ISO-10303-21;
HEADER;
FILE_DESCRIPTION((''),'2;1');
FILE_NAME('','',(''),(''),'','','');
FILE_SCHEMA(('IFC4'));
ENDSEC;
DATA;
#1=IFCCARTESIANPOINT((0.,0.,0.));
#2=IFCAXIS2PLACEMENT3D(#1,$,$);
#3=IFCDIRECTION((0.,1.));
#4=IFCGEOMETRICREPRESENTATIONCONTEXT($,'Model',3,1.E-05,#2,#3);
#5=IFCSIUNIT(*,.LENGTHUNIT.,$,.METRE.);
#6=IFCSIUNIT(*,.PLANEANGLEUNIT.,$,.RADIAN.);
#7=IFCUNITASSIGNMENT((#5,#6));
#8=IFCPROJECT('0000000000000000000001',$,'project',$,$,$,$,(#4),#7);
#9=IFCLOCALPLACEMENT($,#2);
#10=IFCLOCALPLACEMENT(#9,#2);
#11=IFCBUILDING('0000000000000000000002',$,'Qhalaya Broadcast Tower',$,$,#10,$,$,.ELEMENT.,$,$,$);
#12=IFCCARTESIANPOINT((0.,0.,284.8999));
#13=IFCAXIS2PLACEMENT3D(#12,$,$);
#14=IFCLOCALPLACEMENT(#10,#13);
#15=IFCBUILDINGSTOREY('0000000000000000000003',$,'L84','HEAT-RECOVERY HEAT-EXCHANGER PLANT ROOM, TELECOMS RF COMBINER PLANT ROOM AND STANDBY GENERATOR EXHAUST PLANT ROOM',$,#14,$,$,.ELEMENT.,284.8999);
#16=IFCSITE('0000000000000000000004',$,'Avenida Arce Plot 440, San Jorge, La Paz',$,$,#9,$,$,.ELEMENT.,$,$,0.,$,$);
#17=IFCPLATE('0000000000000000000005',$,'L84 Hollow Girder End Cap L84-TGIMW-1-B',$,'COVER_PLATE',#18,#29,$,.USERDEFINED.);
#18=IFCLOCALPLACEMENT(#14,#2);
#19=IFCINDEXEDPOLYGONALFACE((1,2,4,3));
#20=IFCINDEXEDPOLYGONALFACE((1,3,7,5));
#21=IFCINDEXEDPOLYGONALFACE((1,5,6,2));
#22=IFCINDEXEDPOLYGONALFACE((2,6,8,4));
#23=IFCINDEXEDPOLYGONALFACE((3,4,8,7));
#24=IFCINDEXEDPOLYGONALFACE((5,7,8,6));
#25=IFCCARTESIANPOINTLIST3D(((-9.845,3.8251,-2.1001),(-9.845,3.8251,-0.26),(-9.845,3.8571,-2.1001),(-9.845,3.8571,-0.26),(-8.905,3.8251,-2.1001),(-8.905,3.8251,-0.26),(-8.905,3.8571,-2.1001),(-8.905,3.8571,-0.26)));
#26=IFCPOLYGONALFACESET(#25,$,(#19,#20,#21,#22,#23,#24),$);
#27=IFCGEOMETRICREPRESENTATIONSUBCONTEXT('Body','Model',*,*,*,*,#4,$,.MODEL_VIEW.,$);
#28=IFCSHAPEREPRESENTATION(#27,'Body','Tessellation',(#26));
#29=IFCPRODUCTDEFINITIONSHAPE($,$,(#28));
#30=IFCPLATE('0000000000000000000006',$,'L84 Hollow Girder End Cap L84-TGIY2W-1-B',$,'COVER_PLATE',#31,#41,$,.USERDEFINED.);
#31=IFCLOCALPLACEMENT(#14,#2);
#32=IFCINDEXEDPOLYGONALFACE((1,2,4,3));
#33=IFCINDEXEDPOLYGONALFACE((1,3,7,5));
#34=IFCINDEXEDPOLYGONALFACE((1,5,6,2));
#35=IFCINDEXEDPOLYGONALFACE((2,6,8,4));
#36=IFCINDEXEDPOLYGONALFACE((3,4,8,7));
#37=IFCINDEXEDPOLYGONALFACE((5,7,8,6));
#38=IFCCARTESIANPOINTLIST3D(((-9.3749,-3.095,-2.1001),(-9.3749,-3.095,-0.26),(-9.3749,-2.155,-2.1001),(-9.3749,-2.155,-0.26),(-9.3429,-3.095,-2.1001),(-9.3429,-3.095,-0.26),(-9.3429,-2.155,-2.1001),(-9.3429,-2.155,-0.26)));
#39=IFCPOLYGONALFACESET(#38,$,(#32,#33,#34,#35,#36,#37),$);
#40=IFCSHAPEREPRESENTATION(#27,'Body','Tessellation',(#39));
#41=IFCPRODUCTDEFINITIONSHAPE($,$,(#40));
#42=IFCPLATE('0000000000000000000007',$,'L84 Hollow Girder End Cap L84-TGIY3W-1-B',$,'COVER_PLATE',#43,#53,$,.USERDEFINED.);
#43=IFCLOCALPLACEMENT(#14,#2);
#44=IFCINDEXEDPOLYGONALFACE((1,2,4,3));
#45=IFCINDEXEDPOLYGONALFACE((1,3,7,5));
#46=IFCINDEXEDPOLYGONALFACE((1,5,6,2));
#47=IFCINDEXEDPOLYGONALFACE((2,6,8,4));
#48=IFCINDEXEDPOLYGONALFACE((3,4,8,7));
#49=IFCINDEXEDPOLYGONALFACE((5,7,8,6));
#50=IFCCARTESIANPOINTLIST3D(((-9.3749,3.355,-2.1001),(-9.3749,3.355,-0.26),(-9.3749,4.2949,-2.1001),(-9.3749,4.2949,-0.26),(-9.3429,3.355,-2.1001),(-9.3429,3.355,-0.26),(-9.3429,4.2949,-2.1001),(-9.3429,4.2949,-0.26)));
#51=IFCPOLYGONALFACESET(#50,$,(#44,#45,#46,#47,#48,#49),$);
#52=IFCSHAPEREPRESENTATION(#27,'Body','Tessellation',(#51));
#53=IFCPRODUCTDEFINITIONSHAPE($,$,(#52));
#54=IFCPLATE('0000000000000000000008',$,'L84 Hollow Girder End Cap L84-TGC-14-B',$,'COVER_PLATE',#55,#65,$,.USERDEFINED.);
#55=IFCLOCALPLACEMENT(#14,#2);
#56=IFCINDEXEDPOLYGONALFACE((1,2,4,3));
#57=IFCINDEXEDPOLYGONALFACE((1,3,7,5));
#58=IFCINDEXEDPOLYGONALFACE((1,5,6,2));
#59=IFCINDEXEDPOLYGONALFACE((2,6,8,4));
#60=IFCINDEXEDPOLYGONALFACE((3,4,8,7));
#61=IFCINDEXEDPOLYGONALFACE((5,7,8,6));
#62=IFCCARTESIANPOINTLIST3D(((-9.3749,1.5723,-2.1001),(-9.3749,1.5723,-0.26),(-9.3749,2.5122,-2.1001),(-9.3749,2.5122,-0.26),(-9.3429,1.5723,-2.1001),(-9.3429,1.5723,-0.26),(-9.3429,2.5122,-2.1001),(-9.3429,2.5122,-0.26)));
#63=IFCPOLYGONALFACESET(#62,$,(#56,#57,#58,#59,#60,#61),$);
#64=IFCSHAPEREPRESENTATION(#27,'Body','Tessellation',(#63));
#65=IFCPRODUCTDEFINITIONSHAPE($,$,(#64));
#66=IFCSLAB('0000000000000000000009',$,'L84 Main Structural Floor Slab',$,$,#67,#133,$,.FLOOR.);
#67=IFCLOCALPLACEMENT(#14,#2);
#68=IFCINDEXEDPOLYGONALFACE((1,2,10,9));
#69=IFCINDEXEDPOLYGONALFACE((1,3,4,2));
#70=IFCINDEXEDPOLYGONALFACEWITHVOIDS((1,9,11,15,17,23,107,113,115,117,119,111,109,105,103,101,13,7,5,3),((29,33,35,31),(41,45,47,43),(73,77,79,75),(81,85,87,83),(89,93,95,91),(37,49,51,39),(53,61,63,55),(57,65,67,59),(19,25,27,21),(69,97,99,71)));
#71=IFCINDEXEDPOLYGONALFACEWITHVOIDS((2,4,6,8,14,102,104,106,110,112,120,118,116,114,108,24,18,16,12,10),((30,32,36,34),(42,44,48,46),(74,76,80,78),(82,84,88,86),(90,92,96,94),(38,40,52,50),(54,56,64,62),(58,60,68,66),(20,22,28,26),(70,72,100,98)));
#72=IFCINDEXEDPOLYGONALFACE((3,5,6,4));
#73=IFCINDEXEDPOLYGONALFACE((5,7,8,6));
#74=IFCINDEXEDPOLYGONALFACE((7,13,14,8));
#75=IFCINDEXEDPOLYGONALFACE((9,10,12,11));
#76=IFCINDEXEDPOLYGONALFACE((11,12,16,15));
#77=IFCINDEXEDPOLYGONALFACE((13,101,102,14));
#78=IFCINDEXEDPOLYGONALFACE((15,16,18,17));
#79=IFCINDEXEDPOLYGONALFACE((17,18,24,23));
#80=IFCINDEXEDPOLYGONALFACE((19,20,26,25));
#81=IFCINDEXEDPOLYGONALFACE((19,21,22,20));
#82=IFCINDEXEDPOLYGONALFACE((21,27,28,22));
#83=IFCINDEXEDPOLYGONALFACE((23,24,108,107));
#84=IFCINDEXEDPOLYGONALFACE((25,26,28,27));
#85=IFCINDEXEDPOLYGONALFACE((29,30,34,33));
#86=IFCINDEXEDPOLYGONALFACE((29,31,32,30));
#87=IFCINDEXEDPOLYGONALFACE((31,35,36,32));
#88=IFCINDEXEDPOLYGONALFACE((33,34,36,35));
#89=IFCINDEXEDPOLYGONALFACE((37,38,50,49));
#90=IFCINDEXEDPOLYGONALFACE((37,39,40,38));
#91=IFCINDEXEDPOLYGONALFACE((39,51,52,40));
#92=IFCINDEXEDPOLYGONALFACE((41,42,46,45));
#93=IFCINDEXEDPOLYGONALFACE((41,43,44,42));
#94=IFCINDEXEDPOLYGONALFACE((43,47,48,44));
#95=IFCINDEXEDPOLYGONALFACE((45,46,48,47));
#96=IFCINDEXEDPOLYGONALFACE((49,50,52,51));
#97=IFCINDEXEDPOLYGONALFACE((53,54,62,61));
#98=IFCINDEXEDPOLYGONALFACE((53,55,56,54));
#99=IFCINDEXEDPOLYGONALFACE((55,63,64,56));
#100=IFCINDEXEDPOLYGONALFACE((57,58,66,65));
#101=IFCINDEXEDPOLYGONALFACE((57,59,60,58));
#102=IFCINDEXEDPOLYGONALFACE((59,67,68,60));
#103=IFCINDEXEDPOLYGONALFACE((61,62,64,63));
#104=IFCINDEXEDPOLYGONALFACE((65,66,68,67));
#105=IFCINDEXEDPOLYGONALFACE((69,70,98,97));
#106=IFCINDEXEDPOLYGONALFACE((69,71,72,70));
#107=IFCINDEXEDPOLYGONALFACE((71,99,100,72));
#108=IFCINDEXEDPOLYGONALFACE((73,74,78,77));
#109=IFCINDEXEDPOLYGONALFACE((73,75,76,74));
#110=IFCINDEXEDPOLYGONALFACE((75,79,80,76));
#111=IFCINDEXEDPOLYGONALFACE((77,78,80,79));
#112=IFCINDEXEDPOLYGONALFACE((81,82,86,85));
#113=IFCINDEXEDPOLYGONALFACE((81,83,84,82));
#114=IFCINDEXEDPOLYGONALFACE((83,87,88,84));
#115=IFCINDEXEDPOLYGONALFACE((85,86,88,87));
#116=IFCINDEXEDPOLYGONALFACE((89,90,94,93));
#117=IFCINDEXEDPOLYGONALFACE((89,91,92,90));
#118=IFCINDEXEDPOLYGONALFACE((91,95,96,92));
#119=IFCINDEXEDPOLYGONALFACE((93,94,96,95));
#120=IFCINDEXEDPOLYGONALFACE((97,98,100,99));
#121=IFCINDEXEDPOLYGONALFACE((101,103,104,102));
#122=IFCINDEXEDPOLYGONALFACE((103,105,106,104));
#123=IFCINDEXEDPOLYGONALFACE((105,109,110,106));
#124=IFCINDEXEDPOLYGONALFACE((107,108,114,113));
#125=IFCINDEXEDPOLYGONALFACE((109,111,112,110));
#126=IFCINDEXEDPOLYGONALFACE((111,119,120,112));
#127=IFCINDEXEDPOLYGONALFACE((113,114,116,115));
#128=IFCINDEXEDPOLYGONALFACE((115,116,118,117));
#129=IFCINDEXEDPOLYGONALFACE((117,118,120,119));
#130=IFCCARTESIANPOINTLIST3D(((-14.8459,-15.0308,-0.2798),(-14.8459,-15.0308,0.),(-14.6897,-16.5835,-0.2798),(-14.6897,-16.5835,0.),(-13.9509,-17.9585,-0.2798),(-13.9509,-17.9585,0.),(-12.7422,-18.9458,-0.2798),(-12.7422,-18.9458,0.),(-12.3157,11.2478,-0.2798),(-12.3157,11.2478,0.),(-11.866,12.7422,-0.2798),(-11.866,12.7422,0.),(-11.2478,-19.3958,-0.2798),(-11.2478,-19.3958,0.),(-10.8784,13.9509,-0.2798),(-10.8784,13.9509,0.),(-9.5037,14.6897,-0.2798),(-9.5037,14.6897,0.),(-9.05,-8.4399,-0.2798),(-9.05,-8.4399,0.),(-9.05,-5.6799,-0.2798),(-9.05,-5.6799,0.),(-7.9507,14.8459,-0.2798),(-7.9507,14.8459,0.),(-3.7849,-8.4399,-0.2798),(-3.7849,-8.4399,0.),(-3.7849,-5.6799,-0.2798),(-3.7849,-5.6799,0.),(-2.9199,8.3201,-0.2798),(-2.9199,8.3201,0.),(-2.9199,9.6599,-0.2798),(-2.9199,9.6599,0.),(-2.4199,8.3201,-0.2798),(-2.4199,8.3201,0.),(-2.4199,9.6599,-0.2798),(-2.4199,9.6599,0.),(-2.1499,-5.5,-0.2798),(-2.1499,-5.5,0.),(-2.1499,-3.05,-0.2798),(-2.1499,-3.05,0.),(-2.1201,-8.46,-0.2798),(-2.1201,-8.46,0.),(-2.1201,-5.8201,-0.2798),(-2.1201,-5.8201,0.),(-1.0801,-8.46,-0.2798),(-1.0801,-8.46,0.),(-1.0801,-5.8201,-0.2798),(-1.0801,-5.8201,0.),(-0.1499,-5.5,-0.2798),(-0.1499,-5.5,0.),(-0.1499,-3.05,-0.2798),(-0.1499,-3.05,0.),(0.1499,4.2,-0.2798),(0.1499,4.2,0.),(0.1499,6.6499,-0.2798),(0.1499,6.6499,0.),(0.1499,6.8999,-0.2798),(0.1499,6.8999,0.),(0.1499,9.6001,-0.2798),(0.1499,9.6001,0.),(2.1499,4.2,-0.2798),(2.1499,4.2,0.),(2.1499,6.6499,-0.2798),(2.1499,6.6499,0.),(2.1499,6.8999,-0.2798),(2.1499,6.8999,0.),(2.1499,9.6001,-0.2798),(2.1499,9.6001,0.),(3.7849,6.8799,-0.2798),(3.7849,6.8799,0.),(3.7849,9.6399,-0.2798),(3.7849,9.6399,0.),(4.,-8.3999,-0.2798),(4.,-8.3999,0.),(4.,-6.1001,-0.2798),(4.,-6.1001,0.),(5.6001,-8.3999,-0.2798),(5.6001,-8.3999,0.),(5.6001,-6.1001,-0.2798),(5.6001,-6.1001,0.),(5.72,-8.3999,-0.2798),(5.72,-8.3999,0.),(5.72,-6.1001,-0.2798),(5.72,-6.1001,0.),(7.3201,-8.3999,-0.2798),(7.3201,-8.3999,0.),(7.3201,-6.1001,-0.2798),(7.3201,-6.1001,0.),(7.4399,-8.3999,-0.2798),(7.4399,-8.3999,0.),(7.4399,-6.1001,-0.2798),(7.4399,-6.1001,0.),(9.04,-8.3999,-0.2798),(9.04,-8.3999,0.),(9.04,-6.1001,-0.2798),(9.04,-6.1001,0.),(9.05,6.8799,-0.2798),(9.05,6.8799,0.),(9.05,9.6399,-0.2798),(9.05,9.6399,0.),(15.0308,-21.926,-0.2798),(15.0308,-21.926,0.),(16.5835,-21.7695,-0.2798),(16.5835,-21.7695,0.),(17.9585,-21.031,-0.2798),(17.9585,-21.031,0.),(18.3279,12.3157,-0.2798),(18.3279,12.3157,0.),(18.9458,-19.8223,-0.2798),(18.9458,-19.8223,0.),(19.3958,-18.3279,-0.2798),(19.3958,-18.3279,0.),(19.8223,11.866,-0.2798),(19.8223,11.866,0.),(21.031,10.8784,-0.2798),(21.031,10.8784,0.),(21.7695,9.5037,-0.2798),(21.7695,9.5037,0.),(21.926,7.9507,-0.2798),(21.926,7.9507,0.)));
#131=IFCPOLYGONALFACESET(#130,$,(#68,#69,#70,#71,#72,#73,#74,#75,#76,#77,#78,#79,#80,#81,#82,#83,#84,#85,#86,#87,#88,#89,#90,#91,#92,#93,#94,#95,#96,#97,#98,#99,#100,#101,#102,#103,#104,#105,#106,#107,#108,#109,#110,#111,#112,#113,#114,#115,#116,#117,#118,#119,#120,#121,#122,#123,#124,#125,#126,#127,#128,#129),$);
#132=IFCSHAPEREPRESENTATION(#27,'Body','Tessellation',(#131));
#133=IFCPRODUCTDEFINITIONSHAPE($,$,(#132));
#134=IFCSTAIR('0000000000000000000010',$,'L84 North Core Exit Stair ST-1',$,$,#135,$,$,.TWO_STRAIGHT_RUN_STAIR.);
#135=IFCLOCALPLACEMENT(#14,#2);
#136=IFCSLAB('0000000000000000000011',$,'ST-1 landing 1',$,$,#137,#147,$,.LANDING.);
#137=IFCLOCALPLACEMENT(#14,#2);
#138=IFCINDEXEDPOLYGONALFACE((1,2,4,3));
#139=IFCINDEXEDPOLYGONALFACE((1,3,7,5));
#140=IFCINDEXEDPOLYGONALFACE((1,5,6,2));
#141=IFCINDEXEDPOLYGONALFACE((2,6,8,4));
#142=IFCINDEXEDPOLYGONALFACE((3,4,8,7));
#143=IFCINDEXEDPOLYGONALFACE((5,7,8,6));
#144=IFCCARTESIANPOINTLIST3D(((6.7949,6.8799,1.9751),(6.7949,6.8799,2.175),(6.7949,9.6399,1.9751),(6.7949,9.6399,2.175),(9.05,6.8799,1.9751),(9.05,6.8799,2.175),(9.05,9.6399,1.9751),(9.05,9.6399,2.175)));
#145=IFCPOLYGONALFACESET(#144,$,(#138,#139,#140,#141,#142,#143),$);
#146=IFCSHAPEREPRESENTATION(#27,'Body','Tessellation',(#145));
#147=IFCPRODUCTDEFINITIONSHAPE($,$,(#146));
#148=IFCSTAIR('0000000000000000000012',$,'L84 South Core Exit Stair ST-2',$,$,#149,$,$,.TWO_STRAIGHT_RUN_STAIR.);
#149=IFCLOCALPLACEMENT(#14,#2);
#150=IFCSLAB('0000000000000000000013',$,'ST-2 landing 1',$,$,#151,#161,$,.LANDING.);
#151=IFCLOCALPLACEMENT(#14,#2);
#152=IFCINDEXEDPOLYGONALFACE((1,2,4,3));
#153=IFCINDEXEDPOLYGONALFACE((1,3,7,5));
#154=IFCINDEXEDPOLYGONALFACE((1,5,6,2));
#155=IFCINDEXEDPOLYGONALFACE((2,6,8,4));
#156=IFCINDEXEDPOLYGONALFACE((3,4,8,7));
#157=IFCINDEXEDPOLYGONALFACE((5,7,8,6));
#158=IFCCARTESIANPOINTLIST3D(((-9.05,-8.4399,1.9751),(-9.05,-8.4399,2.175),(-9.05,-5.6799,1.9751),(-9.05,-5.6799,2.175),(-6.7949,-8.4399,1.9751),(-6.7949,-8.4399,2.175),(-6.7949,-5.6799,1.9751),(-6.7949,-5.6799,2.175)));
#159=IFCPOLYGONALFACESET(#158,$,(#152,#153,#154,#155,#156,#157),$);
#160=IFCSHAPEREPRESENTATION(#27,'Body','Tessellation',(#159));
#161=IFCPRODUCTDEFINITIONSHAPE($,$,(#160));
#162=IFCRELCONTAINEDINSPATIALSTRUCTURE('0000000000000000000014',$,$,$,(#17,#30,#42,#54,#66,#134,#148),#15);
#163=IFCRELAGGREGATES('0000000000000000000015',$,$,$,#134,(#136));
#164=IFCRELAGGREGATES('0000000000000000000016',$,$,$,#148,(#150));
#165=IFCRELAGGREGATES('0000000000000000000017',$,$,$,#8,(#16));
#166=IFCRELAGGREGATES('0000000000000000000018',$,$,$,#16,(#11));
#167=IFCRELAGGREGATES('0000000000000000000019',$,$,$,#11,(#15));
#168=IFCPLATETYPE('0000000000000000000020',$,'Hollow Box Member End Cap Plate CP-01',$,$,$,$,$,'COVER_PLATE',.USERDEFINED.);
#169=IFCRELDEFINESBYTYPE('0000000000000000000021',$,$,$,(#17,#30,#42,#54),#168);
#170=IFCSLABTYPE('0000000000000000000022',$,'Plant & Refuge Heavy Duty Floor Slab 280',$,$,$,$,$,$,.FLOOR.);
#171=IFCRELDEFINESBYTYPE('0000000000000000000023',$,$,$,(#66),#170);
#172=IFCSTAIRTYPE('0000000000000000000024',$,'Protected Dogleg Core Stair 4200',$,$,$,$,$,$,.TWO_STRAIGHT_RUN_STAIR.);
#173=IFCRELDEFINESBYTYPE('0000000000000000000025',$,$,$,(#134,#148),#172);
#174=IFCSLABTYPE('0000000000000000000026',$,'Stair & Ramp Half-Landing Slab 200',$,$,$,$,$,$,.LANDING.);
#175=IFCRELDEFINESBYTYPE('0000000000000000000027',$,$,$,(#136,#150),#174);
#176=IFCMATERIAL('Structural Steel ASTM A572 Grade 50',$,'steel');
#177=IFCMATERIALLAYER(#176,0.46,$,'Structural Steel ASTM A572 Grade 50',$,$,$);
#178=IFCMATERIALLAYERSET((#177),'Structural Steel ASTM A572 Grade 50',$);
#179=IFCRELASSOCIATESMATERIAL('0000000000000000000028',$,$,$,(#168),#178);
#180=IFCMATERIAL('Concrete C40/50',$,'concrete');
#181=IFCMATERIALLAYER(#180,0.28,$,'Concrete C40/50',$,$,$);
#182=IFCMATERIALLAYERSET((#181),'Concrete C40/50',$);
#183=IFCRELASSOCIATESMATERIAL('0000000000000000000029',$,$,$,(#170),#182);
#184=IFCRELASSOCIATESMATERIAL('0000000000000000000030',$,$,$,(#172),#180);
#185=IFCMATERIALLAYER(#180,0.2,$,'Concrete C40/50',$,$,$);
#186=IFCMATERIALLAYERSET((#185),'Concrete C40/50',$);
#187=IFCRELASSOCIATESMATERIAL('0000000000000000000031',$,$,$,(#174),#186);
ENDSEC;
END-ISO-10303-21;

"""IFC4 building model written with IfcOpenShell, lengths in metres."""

from ifc_helpers import new_model, si_unit, direction, frame, origin, origin_2d, place, context, subcontext, project, spatial, polyline, rectangle, outline, extrude, material, layer, layer_set, type_object, element, aggregate, save


model = new_model("IFC4")

# Units and contexts
model_context = context("Model", 3, precision=1e-05, world=origin(), true_north=direction((0.0, 1.0)))
body_context = subcontext(model_context, "Body", "Model", "MODEL_VIEW")
ifc_project = project(units=[si_unit("LENGTHUNIT", "METRE"), si_unit("PLANEANGLEUNIT", "RADIAN")], contexts=[model_context])

# Site, building, storey
site_placement = place(None, origin())
site = spatial("IfcSite", under=ifc_project, at=site_placement, Name="Avenida Arce Plot 440, San Jorge, La Paz", CompositionType="ELEMENT", RefElevation=0.0)
building_placement = place(site_placement, origin())
building = spatial("IfcBuilding", under=site, at=building_placement, Name="Qhalaya Broadcast Tower", CompositionType="ELEMENT")
storey_placement = place(building_placement, frame((0.0, 0.0, 284.8999)))
storey = spatial("IfcBuildingStorey", under=building, at=storey_placement, Name="L84", Description="HEAT-RECOVERY HEAT-EXCHANGER PLANT ROOM, TELECOMS RF COMBINER PLANT ROOM AND STANDBY GENERATOR EXHAUST PLANT ROOM", CompositionType="ELEMENT", Elevation=284.8999)

# Plates
ifc_material_1 = material(Name="Structural Steel ASTM A572 Grade 50", Category="steel")
ifc_layer_1 = layer(ifc_material_1, 0.46, Name="Structural Steel ASTM A572 Grade 50")
ifc_layer_set_1 = layer_set([ifc_layer_1], Name="Structural Steel ASTM A572 Grade 50")
plate_type = type_object("IfcPlateType", Name="Hollow Box Member End Cap Plate CP-01", ElementType="COVER_PLATE", PredefinedType="USERDEFINED", material=ifc_layer_set_1)
for number, where, z_axis, x_axis, name in (
    (1, (-9.375, 3.8411, -2.1001), (0.0, 0.0, 1.0), (-1.0, 0.0, 0.0), "L84 Hollow Girder End Cap L84-TGIMW-1-B"),
    (2, (-9.3589, -2.625, -2.1001), (0.0, 0.0, 1.0), (0.0, 1.0, 0.0), "L84 Hollow Girder End Cap L84-TGIY2W-1-B"),
    (3, (-9.3589, 3.825, -2.1001), (0.0, 0.0, 1.0), (0.0, 1.0, 0.0), "L84 Hollow Girder End Cap L84-TGIY3W-1-B"),
    (4, (-9.3589, 2.0422, -2.1001), (0.0, 0.0, 1.0), (0.0, 1.0, 0.0), "L84 Hollow Girder End Cap L84-TGC-14-B"),
):
    element("IfcPlate", number, at=place(storey_placement, frame(where, z_axis=z_axis, x_axis=x_axis)), inside=storey, type_object=plate_type, Name=name, ObjectType="COVER_PLATE", PredefinedType="USERDEFINED", context=body_context, shape_type="SweptSolid", body=[
        extrude(rectangle(XDim=0.9399, YDim=0.032, at=origin_2d()), origin(), (0.0, 0.0, 1.0), 1.8401),
    ])

# Slab
ifc_material_2 = material(Name="Concrete C40/50", Category="concrete")
ifc_layer_2 = layer(ifc_material_2, 0.28, Name="Concrete C40/50")
ifc_layer_set_2 = layer_set([ifc_layer_2], Name="Concrete C40/50")
slab_type_1 = type_object("IfcSlabType", Name="Plant & Refuge Heavy Duty Floor Slab 280", PredefinedType="FLOOR", material=ifc_layer_set_2)
slab_1_placement = place(storey_placement, frame((0.0, 0.0, -0.2798)))
element("IfcSlab", 5, at=slab_1_placement, inside=storey, type_object=slab_type_1, Name="L84 Main Structural Floor Slab", PredefinedType="FLOOR", context=body_context, shape_type="SweptSolid", body=[
    extrude(outline(polyline([(15.0308, -21.926), (16.5835, -21.7695), (17.9585, -21.031), (18.9458, -19.8223), (19.3958, -18.3279), (21.926, 7.9507), (21.7695, 9.5037), (21.031, 10.8784), (19.8223, 11.866), (18.3279, 12.3157), (-7.9507, 14.8459), (-9.5037, 14.6897), (-10.8784, 13.9509), (-11.866, 12.7422), (-12.3157, 11.2478), (-14.8459, -15.0308), (-14.6897, -16.5835), (-13.9509, -17.9585), (-12.7422, -18.9458), (-11.2478, -19.3958), (15.0308, -21.926)]), holes=[polyline([(3.7849, 9.6399), (9.05, 9.6399), (9.05, 6.8799), (3.7849, 6.8799), (3.7849, 9.6399)]), polyline([(-3.7849, -8.4399), (-9.05, -8.4399), (-9.05, -5.6799), (-3.7849, -5.6799), (-3.7849, -8.4399)]), polyline([(0.1499, 6.6499), (2.1499, 6.6499), (2.1499, 4.2), (0.1499, 4.2), (0.1499, 6.6499)]), polyline([(0.1499, 9.6001), (2.1499, 9.6001), (2.1499, 6.8999), (0.1499, 6.8999), (0.1499, 9.6001)]), polyline([(-2.1499, -3.05), (-0.1499, -3.05), (-0.1499, -5.5), (-2.1499, -5.5), (-2.1499, -3.05)]), polyline([(4.0, -6.1001), (5.6001, -6.1001), (5.6001, -8.3999), (4.0, -8.3999), (4.0, -6.1001)]), polyline([(5.72, -6.1001), (7.3201, -6.1001), (7.3201, -8.3999), (5.72, -8.3999), (5.72, -6.1001)]), polyline([(7.4399, -6.1001), (9.04, -6.1001), (9.04, -8.3999), (7.4399, -8.3999), (7.4399, -6.1001)]), polyline([(-2.9199, 9.6599), (-2.4199, 9.6599), (-2.4199, 8.3201), (-2.9199, 8.3201), (-2.9199, 9.6599)]), polyline([(-2.1201, -5.8201), (-1.0801, -5.8201), (-1.0801, -8.46), (-2.1201, -8.46), (-2.1201, -5.8201)])]), origin(), (0.0, 0.0, 1.0), 0.2798),
])

# Stairs, slabs
stair_type = type_object("IfcStairType", Name="Protected Dogleg Core Stair 4200", PredefinedType="TWO_STRAIGHT_RUN_STAIR", material=ifc_material_2)
stair_1_placement = place(storey_placement, origin())
stair_1 = element("IfcStair", 6, at=stair_1_placement, inside=storey, type_object=stair_type, Name="L84 North Core Exit Stair ST-1", PredefinedType="TWO_STRAIGHT_RUN_STAIR")
ifc_layer_3 = layer(ifc_material_2, 0.2, Name="Concrete C40/50")
ifc_layer_set_3 = layer_set([ifc_layer_3], Name="Concrete C40/50")
slab_type_2 = type_object("IfcSlabType", Name="Stair & Ramp Half-Landing Slab 200", PredefinedType="LANDING", material=ifc_layer_set_3)
slab_2_placement = place(storey_placement, frame((0.0, 0.0, 1.9751)))
slab_2 = element("IfcSlab", 7, at=slab_2_placement, type_object=slab_type_2, Name="ST-1 landing 1", PredefinedType="LANDING", context=body_context, shape_type="SweptSolid", body=[
    extrude(outline(polyline([(6.7949, 6.8799), (9.05, 6.8799), (9.05, 9.6399), (6.7949, 9.6399), (6.7949, 6.8799)])), origin(), (0.0, 0.0, 1.0), 0.2),
])
aggregate(stair_1, [slab_2])
stair_2_placement = place(storey_placement, origin())
stair_2 = element("IfcStair", 8, at=stair_2_placement, inside=storey, type_object=stair_type, Name="L84 South Core Exit Stair ST-2", PredefinedType="TWO_STRAIGHT_RUN_STAIR")
slab_3_placement = place(storey_placement, frame((0.0, 0.0, 1.9751)))
slab_3 = element("IfcSlab", 9, at=slab_3_placement, type_object=slab_type_2, Name="ST-2 landing 1", PredefinedType="LANDING", context=body_context, shape_type="SweptSolid", body=[
    extrude(outline(polyline([(-6.7949, -5.6799), (-9.05, -5.6799), (-9.05, -8.4399), (-6.7949, -8.4399), (-6.7949, -5.6799)])), origin(), (0.0, 0.0, 1.0), 0.2),
])
aggregate(stair_2, [slab_3])

save(model, "model.ifc")
